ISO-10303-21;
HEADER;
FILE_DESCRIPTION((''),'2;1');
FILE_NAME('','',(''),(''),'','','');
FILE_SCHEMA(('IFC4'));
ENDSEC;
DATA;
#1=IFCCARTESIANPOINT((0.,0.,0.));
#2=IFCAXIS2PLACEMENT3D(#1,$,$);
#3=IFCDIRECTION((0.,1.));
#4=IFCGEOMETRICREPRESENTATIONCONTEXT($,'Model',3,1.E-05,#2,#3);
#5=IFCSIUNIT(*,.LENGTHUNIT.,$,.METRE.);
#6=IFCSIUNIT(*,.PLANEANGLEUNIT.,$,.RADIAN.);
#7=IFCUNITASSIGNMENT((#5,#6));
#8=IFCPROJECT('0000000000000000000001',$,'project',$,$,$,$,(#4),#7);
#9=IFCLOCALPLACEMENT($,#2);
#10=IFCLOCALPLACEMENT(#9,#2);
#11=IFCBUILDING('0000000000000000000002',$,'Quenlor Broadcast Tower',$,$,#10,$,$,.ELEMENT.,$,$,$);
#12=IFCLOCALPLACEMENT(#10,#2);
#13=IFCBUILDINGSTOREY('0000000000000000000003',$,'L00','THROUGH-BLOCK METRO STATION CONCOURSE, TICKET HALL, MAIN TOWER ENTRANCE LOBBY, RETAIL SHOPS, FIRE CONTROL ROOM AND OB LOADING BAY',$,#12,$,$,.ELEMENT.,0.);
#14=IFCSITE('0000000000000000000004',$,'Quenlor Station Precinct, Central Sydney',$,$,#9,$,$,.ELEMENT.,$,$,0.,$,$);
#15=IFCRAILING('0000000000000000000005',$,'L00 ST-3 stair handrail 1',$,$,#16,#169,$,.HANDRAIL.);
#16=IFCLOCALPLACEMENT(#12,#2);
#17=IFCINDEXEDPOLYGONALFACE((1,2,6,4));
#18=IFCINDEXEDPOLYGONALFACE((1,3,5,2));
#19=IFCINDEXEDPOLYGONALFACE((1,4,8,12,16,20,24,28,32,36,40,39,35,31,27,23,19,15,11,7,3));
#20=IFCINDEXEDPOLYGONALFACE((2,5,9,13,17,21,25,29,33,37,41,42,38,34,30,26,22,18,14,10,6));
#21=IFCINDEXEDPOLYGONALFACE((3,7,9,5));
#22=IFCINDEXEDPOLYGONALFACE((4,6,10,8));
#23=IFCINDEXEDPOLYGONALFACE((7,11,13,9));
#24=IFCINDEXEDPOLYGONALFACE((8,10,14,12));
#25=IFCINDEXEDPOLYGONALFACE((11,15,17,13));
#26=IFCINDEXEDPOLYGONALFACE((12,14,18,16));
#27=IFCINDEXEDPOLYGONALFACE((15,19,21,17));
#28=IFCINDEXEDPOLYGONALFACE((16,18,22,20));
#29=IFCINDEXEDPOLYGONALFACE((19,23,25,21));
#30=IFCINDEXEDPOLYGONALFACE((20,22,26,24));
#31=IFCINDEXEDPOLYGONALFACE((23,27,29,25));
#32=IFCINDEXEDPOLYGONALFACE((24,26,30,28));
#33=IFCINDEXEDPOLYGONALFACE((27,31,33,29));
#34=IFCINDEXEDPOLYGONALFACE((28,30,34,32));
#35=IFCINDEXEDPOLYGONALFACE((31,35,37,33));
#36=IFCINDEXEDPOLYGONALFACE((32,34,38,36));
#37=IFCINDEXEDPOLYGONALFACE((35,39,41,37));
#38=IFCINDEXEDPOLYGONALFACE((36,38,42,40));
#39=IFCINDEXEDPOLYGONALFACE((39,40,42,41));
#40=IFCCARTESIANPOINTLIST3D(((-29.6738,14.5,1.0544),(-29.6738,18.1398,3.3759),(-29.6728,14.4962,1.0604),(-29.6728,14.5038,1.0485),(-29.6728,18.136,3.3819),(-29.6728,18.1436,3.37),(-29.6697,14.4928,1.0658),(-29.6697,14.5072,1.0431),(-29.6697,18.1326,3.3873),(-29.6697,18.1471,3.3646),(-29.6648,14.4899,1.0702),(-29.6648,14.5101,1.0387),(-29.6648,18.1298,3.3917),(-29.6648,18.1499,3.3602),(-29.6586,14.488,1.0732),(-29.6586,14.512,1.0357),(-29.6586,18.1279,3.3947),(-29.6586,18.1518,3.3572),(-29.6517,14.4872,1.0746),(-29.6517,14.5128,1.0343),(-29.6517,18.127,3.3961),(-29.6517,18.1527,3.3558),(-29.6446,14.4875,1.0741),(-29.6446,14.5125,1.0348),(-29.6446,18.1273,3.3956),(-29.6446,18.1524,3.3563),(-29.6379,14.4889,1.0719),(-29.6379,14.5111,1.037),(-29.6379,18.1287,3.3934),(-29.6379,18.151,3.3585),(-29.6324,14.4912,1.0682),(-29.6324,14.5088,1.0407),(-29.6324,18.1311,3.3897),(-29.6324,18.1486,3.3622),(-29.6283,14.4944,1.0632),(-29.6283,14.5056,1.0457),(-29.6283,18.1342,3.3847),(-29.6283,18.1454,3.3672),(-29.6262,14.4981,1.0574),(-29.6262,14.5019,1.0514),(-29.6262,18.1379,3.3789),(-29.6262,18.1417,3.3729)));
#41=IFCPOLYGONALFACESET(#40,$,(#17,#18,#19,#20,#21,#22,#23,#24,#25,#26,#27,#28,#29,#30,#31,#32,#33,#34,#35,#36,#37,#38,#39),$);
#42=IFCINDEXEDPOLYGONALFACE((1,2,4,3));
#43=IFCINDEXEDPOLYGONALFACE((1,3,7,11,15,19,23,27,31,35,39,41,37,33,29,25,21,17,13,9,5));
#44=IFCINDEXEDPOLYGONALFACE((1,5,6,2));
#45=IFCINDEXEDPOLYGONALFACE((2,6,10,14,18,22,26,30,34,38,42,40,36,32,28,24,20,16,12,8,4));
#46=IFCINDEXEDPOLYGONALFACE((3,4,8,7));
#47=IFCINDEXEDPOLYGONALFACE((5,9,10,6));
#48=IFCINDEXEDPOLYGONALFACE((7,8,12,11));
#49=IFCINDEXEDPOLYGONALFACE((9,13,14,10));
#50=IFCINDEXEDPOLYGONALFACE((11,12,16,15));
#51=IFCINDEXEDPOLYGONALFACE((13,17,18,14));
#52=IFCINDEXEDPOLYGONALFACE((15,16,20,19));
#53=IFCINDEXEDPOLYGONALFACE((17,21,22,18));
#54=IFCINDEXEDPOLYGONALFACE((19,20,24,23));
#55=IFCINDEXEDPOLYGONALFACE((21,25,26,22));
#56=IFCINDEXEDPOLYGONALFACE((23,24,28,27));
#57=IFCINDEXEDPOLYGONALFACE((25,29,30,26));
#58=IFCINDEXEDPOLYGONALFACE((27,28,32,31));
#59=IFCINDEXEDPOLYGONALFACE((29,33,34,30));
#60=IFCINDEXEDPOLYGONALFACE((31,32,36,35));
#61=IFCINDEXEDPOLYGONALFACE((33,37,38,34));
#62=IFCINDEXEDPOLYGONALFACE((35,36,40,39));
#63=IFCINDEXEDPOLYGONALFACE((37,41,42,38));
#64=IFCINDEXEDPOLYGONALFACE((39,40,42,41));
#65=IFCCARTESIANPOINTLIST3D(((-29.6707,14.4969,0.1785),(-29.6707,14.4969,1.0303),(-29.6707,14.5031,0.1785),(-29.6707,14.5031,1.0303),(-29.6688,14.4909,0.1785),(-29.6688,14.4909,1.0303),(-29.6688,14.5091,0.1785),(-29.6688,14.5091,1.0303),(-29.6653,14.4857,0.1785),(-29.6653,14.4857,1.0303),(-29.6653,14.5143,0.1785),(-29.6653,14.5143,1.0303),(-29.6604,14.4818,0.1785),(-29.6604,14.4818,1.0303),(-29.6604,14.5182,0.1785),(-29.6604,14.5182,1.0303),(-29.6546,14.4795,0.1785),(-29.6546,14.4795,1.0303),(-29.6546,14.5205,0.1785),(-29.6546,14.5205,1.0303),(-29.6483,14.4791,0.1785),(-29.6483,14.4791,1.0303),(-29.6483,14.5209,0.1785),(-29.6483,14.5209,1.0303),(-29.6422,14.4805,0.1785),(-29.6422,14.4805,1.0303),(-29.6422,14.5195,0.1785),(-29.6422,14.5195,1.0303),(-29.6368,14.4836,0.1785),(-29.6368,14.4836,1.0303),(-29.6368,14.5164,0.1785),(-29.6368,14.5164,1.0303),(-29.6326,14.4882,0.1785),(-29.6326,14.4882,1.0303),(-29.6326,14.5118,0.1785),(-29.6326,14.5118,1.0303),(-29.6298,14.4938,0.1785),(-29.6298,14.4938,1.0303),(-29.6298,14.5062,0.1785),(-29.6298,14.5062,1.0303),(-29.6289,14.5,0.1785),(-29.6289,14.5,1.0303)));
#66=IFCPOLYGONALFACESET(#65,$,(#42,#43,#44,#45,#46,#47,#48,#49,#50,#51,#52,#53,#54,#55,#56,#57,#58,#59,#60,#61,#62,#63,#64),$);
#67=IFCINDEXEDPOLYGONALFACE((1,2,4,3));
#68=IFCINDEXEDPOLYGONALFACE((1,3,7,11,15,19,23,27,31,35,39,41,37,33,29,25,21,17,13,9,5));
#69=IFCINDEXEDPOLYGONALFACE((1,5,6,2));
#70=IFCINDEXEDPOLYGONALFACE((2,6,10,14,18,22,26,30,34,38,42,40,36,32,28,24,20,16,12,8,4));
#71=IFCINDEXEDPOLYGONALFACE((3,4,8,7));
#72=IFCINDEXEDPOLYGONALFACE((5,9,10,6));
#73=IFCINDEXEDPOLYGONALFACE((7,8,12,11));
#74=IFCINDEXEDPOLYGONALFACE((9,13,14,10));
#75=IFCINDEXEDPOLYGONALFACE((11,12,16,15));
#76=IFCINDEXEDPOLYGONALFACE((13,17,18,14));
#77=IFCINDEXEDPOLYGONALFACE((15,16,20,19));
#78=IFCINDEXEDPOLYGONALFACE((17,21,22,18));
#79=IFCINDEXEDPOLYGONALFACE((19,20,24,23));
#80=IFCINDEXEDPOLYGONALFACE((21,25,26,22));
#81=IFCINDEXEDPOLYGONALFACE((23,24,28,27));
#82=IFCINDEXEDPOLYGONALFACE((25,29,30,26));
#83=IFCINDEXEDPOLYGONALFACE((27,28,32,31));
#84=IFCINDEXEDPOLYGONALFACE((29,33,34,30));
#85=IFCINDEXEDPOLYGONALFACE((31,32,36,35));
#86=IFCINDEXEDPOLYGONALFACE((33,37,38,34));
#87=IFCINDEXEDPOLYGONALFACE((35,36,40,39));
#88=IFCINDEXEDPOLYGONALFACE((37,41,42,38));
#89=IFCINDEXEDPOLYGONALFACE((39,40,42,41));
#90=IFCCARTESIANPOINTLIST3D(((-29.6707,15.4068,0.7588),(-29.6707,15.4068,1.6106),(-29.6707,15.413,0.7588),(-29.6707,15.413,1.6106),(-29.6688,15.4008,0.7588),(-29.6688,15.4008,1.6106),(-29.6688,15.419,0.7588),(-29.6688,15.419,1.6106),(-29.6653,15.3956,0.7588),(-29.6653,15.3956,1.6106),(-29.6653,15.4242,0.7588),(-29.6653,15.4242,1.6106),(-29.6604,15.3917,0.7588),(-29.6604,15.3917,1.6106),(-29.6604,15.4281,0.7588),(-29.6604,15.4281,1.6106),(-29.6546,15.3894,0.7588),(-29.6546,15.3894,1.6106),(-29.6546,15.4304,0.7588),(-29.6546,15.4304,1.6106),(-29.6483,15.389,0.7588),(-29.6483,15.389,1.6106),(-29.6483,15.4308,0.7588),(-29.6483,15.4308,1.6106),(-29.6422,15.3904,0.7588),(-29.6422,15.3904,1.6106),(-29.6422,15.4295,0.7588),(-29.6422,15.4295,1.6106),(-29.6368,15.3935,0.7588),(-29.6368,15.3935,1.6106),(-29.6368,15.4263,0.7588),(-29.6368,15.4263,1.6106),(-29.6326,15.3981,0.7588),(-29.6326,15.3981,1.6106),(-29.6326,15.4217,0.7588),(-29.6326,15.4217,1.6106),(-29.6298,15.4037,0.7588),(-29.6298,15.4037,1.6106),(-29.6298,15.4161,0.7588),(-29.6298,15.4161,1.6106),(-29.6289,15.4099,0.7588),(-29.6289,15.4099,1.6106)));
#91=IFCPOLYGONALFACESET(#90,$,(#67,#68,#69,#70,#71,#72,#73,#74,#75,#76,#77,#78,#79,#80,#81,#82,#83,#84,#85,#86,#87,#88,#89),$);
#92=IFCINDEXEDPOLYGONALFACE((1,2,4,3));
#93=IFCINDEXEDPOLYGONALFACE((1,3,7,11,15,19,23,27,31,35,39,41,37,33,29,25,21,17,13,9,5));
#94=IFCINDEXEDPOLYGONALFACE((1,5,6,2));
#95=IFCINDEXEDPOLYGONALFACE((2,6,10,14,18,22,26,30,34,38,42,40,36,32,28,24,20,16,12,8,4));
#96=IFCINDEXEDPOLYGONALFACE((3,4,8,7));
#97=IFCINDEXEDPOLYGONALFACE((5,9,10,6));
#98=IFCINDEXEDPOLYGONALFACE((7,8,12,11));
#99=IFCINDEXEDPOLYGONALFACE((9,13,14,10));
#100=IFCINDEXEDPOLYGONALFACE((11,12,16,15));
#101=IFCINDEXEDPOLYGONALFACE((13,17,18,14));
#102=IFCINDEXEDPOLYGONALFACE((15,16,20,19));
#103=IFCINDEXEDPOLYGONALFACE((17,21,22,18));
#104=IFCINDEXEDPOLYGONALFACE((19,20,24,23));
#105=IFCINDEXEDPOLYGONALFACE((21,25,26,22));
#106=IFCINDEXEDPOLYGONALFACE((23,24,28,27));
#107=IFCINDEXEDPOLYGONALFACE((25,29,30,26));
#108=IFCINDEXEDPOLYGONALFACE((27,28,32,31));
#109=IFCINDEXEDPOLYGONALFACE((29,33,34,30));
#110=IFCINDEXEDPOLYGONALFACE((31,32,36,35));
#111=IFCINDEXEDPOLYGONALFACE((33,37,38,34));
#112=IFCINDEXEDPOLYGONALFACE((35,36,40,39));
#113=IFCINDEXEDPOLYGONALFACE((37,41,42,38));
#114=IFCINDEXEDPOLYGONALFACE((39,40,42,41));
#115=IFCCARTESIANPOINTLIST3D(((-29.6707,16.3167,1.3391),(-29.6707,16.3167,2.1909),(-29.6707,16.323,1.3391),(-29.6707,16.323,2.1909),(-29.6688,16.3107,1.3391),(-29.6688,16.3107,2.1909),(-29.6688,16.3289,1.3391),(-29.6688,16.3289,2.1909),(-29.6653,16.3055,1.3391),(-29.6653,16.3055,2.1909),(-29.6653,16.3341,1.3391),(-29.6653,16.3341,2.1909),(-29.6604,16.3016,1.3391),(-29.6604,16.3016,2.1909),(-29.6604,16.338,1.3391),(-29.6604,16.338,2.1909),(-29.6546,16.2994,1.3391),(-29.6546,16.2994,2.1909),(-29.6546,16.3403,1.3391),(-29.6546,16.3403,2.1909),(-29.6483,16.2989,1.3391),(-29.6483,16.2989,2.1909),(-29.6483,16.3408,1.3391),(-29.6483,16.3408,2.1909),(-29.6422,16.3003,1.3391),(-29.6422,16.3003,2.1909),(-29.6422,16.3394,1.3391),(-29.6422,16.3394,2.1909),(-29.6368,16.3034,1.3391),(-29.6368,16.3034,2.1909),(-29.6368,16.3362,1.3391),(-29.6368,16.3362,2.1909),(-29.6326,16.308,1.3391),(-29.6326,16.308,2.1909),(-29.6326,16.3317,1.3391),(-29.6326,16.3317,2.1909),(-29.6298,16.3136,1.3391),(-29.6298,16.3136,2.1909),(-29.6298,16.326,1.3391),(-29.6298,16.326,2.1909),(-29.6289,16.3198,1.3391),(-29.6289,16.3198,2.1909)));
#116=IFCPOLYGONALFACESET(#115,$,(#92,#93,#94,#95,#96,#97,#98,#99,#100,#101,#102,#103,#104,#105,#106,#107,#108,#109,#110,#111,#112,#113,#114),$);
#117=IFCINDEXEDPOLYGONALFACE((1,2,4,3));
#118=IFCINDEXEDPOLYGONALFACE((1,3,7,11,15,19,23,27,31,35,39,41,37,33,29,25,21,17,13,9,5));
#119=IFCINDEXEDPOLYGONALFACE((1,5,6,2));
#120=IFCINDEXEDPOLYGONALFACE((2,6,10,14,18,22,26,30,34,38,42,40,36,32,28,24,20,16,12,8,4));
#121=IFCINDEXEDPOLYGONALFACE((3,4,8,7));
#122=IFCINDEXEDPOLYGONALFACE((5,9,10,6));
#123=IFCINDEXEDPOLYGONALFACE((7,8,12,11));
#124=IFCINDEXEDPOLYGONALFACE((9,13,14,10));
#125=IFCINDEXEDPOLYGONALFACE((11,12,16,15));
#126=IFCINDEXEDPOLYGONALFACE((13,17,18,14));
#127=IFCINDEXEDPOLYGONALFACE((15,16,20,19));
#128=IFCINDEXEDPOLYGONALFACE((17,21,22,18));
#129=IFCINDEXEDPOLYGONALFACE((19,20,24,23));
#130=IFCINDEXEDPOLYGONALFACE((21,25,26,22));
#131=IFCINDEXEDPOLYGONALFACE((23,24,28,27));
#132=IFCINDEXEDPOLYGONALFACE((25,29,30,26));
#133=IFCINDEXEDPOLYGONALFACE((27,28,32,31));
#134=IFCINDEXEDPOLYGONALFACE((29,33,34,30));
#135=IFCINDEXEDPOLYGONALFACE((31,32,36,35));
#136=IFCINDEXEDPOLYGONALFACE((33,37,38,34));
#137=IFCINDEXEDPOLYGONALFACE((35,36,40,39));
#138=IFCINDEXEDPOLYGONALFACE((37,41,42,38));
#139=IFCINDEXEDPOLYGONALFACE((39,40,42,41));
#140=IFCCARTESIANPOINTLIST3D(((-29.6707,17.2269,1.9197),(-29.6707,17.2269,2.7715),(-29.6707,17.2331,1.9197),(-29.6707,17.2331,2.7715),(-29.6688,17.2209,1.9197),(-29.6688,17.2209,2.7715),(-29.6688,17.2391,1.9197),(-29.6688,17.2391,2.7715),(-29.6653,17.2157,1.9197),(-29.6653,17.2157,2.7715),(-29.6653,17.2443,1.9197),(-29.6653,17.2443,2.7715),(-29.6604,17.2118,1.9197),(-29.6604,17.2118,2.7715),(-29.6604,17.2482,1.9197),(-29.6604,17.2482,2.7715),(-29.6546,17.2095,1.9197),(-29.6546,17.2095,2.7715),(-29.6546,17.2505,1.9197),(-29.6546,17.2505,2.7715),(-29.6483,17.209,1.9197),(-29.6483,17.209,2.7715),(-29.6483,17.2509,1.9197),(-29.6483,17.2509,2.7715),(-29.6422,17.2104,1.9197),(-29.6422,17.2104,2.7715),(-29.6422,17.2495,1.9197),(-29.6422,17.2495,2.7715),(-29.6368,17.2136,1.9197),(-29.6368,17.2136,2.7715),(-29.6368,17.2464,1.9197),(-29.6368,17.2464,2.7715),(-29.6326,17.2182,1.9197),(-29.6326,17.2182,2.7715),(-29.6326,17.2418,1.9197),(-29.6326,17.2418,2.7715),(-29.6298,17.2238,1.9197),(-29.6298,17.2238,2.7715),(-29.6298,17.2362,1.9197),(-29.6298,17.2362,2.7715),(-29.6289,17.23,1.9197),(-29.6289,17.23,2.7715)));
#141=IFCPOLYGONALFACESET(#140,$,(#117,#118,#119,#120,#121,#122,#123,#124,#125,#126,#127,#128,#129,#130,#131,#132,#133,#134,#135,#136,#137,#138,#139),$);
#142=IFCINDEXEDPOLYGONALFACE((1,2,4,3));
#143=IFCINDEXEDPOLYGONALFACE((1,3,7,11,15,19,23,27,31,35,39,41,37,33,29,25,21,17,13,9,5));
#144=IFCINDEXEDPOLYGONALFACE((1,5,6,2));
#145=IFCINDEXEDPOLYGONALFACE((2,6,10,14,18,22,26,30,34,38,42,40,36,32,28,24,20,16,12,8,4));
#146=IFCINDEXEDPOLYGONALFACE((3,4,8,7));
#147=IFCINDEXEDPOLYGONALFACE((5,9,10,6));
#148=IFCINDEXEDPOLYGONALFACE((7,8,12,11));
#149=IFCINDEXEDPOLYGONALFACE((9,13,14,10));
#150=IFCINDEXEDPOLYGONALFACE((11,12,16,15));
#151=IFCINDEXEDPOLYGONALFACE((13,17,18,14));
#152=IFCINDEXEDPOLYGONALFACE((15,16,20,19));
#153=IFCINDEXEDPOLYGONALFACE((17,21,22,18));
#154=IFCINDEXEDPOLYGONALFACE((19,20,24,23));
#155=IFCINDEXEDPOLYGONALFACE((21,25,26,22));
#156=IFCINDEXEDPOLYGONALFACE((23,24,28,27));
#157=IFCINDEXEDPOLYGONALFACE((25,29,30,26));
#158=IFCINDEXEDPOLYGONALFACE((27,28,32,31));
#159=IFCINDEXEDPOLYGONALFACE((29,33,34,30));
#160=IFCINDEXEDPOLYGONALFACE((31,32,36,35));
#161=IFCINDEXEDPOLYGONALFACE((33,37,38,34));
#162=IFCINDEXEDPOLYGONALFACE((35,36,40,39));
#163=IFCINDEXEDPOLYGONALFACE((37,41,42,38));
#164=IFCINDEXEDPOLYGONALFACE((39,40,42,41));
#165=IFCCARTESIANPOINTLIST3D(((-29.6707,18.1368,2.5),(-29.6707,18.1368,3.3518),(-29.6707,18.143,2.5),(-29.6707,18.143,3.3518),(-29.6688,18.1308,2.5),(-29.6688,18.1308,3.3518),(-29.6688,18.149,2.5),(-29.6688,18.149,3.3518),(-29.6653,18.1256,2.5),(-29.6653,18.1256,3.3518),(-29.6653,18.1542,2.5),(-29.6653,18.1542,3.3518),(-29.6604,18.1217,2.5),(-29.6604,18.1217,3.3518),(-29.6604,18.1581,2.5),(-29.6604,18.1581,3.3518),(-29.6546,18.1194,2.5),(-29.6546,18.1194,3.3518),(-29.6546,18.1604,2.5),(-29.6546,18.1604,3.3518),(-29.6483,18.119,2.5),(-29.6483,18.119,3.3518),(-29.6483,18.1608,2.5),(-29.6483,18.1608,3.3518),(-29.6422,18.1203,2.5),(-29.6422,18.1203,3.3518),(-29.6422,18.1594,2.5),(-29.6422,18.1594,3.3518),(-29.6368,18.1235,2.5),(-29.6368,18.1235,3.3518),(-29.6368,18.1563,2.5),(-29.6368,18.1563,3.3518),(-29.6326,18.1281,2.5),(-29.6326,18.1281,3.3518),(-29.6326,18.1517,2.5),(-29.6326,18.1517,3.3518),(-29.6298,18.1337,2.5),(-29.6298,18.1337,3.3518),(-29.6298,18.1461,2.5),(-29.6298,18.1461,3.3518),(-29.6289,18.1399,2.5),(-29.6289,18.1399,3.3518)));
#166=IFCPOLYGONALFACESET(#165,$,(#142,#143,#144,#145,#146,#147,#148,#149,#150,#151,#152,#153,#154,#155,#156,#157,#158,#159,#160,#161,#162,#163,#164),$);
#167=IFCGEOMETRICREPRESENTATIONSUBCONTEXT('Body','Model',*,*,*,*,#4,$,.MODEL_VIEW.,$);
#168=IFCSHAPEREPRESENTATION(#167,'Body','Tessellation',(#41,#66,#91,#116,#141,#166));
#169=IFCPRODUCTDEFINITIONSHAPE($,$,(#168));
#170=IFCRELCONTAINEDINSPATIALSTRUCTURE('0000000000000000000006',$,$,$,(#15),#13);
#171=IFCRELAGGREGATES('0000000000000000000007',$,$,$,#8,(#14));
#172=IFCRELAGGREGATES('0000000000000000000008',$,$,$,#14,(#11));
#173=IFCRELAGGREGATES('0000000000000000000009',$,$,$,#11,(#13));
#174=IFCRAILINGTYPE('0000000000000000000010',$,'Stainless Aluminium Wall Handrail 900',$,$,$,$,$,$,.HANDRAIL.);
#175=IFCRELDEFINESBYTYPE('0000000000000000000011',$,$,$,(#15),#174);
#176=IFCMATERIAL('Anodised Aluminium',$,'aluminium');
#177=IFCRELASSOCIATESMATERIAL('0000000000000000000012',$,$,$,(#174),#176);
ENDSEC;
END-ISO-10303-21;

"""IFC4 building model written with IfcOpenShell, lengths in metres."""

from ifc_helpers import new_model, si_unit, direction, frame, origin, origin_2d, place, context, subcontext, project, spatial, circle, extrude, material, type_object, element, save


model = new_model("IFC4")

# Units and contexts
model_context = context("Model", 3, precision=1e-05, world=origin(), true_north=direction((0.0, 1.0)))
body_context = subcontext(model_context, "Body", "Model", "MODEL_VIEW")
ifc_project = project(units=[si_unit("LENGTHUNIT", "METRE"), si_unit("PLANEANGLEUNIT", "RADIAN")], contexts=[model_context])

# Site, building, storey
site_placement = place(None, origin())
site = spatial("IfcSite", under=ifc_project, at=site_placement, Name="Quenlor Station Precinct, Central Sydney", CompositionType="ELEMENT", RefElevation=0.0)
building_placement = place(site_placement, origin())
building = spatial("IfcBuilding", under=site, at=building_placement, Name="Quenlor Broadcast Tower", CompositionType="ELEMENT")
storey_placement = place(building_placement, origin())
storey = spatial("IfcBuildingStorey", under=building, at=storey_placement, Name="L00", Description="THROUGH-BLOCK METRO STATION CONCOURSE, TICKET HALL, MAIN TOWER ENTRANCE LOBBY, RETAIL SHOPS, FIRE CONTROL ROOM AND OB LOADING BAY", CompositionType="ELEMENT", Elevation=0.0)

# Railing
ifc_material_1 = material(Name="Anodised Aluminium", Category="aluminium")
railing_type_1 = type_object("IfcRailingType", Name="Stainless Aluminium Wall Handrail 900", PredefinedType="HANDRAIL", material=ifc_material_1)
railing_1_placement = place(storey_placement, frame((-29.6499, 14.5, 0.1785)))
element("IfcRailing", 1, at=railing_1_placement, inside=storey, type_object=railing_type_1, Name="L00 ST-3 stair handrail 1", PredefinedType="HANDRAIL", context=body_context, shape_type="SweptSolid", body=[
    extrude(circle(Radius=0.0239, at=origin_2d()), frame((0.0, 0.0, 0.876), z_axis=(0.0, 0.843112, 0.537739), x_axis=(-1.0, 0.0, 0.0)), (0.0, 0.0, 1.0), 4.3171),
    extrude(circle(Radius=0.021, at=origin_2d()), origin(), (0.0, 0.0, 1.0), 0.8518),
    extrude(circle(Radius=0.021, at=origin_2d()), frame((0.0, 0.9099, 0.5803)), (0.0, 0.0, 1.0), 0.8518),
    extrude(circle(Radius=0.021, at=origin_2d()), frame((0.0, 1.8198, 1.1606)), (0.0, 0.0, 1.0), 0.8518),
    extrude(circle(Radius=0.021, at=origin_2d()), frame((0.0, 2.73, 1.7412)), (0.0, 0.0, 1.0), 0.8518),
    extrude(circle(Radius=0.021, at=origin_2d()), frame((0.0, 3.6399, 2.3215)), (0.0, 0.0, 1.0), 0.8518),
])

save(model, "model.ifc")
